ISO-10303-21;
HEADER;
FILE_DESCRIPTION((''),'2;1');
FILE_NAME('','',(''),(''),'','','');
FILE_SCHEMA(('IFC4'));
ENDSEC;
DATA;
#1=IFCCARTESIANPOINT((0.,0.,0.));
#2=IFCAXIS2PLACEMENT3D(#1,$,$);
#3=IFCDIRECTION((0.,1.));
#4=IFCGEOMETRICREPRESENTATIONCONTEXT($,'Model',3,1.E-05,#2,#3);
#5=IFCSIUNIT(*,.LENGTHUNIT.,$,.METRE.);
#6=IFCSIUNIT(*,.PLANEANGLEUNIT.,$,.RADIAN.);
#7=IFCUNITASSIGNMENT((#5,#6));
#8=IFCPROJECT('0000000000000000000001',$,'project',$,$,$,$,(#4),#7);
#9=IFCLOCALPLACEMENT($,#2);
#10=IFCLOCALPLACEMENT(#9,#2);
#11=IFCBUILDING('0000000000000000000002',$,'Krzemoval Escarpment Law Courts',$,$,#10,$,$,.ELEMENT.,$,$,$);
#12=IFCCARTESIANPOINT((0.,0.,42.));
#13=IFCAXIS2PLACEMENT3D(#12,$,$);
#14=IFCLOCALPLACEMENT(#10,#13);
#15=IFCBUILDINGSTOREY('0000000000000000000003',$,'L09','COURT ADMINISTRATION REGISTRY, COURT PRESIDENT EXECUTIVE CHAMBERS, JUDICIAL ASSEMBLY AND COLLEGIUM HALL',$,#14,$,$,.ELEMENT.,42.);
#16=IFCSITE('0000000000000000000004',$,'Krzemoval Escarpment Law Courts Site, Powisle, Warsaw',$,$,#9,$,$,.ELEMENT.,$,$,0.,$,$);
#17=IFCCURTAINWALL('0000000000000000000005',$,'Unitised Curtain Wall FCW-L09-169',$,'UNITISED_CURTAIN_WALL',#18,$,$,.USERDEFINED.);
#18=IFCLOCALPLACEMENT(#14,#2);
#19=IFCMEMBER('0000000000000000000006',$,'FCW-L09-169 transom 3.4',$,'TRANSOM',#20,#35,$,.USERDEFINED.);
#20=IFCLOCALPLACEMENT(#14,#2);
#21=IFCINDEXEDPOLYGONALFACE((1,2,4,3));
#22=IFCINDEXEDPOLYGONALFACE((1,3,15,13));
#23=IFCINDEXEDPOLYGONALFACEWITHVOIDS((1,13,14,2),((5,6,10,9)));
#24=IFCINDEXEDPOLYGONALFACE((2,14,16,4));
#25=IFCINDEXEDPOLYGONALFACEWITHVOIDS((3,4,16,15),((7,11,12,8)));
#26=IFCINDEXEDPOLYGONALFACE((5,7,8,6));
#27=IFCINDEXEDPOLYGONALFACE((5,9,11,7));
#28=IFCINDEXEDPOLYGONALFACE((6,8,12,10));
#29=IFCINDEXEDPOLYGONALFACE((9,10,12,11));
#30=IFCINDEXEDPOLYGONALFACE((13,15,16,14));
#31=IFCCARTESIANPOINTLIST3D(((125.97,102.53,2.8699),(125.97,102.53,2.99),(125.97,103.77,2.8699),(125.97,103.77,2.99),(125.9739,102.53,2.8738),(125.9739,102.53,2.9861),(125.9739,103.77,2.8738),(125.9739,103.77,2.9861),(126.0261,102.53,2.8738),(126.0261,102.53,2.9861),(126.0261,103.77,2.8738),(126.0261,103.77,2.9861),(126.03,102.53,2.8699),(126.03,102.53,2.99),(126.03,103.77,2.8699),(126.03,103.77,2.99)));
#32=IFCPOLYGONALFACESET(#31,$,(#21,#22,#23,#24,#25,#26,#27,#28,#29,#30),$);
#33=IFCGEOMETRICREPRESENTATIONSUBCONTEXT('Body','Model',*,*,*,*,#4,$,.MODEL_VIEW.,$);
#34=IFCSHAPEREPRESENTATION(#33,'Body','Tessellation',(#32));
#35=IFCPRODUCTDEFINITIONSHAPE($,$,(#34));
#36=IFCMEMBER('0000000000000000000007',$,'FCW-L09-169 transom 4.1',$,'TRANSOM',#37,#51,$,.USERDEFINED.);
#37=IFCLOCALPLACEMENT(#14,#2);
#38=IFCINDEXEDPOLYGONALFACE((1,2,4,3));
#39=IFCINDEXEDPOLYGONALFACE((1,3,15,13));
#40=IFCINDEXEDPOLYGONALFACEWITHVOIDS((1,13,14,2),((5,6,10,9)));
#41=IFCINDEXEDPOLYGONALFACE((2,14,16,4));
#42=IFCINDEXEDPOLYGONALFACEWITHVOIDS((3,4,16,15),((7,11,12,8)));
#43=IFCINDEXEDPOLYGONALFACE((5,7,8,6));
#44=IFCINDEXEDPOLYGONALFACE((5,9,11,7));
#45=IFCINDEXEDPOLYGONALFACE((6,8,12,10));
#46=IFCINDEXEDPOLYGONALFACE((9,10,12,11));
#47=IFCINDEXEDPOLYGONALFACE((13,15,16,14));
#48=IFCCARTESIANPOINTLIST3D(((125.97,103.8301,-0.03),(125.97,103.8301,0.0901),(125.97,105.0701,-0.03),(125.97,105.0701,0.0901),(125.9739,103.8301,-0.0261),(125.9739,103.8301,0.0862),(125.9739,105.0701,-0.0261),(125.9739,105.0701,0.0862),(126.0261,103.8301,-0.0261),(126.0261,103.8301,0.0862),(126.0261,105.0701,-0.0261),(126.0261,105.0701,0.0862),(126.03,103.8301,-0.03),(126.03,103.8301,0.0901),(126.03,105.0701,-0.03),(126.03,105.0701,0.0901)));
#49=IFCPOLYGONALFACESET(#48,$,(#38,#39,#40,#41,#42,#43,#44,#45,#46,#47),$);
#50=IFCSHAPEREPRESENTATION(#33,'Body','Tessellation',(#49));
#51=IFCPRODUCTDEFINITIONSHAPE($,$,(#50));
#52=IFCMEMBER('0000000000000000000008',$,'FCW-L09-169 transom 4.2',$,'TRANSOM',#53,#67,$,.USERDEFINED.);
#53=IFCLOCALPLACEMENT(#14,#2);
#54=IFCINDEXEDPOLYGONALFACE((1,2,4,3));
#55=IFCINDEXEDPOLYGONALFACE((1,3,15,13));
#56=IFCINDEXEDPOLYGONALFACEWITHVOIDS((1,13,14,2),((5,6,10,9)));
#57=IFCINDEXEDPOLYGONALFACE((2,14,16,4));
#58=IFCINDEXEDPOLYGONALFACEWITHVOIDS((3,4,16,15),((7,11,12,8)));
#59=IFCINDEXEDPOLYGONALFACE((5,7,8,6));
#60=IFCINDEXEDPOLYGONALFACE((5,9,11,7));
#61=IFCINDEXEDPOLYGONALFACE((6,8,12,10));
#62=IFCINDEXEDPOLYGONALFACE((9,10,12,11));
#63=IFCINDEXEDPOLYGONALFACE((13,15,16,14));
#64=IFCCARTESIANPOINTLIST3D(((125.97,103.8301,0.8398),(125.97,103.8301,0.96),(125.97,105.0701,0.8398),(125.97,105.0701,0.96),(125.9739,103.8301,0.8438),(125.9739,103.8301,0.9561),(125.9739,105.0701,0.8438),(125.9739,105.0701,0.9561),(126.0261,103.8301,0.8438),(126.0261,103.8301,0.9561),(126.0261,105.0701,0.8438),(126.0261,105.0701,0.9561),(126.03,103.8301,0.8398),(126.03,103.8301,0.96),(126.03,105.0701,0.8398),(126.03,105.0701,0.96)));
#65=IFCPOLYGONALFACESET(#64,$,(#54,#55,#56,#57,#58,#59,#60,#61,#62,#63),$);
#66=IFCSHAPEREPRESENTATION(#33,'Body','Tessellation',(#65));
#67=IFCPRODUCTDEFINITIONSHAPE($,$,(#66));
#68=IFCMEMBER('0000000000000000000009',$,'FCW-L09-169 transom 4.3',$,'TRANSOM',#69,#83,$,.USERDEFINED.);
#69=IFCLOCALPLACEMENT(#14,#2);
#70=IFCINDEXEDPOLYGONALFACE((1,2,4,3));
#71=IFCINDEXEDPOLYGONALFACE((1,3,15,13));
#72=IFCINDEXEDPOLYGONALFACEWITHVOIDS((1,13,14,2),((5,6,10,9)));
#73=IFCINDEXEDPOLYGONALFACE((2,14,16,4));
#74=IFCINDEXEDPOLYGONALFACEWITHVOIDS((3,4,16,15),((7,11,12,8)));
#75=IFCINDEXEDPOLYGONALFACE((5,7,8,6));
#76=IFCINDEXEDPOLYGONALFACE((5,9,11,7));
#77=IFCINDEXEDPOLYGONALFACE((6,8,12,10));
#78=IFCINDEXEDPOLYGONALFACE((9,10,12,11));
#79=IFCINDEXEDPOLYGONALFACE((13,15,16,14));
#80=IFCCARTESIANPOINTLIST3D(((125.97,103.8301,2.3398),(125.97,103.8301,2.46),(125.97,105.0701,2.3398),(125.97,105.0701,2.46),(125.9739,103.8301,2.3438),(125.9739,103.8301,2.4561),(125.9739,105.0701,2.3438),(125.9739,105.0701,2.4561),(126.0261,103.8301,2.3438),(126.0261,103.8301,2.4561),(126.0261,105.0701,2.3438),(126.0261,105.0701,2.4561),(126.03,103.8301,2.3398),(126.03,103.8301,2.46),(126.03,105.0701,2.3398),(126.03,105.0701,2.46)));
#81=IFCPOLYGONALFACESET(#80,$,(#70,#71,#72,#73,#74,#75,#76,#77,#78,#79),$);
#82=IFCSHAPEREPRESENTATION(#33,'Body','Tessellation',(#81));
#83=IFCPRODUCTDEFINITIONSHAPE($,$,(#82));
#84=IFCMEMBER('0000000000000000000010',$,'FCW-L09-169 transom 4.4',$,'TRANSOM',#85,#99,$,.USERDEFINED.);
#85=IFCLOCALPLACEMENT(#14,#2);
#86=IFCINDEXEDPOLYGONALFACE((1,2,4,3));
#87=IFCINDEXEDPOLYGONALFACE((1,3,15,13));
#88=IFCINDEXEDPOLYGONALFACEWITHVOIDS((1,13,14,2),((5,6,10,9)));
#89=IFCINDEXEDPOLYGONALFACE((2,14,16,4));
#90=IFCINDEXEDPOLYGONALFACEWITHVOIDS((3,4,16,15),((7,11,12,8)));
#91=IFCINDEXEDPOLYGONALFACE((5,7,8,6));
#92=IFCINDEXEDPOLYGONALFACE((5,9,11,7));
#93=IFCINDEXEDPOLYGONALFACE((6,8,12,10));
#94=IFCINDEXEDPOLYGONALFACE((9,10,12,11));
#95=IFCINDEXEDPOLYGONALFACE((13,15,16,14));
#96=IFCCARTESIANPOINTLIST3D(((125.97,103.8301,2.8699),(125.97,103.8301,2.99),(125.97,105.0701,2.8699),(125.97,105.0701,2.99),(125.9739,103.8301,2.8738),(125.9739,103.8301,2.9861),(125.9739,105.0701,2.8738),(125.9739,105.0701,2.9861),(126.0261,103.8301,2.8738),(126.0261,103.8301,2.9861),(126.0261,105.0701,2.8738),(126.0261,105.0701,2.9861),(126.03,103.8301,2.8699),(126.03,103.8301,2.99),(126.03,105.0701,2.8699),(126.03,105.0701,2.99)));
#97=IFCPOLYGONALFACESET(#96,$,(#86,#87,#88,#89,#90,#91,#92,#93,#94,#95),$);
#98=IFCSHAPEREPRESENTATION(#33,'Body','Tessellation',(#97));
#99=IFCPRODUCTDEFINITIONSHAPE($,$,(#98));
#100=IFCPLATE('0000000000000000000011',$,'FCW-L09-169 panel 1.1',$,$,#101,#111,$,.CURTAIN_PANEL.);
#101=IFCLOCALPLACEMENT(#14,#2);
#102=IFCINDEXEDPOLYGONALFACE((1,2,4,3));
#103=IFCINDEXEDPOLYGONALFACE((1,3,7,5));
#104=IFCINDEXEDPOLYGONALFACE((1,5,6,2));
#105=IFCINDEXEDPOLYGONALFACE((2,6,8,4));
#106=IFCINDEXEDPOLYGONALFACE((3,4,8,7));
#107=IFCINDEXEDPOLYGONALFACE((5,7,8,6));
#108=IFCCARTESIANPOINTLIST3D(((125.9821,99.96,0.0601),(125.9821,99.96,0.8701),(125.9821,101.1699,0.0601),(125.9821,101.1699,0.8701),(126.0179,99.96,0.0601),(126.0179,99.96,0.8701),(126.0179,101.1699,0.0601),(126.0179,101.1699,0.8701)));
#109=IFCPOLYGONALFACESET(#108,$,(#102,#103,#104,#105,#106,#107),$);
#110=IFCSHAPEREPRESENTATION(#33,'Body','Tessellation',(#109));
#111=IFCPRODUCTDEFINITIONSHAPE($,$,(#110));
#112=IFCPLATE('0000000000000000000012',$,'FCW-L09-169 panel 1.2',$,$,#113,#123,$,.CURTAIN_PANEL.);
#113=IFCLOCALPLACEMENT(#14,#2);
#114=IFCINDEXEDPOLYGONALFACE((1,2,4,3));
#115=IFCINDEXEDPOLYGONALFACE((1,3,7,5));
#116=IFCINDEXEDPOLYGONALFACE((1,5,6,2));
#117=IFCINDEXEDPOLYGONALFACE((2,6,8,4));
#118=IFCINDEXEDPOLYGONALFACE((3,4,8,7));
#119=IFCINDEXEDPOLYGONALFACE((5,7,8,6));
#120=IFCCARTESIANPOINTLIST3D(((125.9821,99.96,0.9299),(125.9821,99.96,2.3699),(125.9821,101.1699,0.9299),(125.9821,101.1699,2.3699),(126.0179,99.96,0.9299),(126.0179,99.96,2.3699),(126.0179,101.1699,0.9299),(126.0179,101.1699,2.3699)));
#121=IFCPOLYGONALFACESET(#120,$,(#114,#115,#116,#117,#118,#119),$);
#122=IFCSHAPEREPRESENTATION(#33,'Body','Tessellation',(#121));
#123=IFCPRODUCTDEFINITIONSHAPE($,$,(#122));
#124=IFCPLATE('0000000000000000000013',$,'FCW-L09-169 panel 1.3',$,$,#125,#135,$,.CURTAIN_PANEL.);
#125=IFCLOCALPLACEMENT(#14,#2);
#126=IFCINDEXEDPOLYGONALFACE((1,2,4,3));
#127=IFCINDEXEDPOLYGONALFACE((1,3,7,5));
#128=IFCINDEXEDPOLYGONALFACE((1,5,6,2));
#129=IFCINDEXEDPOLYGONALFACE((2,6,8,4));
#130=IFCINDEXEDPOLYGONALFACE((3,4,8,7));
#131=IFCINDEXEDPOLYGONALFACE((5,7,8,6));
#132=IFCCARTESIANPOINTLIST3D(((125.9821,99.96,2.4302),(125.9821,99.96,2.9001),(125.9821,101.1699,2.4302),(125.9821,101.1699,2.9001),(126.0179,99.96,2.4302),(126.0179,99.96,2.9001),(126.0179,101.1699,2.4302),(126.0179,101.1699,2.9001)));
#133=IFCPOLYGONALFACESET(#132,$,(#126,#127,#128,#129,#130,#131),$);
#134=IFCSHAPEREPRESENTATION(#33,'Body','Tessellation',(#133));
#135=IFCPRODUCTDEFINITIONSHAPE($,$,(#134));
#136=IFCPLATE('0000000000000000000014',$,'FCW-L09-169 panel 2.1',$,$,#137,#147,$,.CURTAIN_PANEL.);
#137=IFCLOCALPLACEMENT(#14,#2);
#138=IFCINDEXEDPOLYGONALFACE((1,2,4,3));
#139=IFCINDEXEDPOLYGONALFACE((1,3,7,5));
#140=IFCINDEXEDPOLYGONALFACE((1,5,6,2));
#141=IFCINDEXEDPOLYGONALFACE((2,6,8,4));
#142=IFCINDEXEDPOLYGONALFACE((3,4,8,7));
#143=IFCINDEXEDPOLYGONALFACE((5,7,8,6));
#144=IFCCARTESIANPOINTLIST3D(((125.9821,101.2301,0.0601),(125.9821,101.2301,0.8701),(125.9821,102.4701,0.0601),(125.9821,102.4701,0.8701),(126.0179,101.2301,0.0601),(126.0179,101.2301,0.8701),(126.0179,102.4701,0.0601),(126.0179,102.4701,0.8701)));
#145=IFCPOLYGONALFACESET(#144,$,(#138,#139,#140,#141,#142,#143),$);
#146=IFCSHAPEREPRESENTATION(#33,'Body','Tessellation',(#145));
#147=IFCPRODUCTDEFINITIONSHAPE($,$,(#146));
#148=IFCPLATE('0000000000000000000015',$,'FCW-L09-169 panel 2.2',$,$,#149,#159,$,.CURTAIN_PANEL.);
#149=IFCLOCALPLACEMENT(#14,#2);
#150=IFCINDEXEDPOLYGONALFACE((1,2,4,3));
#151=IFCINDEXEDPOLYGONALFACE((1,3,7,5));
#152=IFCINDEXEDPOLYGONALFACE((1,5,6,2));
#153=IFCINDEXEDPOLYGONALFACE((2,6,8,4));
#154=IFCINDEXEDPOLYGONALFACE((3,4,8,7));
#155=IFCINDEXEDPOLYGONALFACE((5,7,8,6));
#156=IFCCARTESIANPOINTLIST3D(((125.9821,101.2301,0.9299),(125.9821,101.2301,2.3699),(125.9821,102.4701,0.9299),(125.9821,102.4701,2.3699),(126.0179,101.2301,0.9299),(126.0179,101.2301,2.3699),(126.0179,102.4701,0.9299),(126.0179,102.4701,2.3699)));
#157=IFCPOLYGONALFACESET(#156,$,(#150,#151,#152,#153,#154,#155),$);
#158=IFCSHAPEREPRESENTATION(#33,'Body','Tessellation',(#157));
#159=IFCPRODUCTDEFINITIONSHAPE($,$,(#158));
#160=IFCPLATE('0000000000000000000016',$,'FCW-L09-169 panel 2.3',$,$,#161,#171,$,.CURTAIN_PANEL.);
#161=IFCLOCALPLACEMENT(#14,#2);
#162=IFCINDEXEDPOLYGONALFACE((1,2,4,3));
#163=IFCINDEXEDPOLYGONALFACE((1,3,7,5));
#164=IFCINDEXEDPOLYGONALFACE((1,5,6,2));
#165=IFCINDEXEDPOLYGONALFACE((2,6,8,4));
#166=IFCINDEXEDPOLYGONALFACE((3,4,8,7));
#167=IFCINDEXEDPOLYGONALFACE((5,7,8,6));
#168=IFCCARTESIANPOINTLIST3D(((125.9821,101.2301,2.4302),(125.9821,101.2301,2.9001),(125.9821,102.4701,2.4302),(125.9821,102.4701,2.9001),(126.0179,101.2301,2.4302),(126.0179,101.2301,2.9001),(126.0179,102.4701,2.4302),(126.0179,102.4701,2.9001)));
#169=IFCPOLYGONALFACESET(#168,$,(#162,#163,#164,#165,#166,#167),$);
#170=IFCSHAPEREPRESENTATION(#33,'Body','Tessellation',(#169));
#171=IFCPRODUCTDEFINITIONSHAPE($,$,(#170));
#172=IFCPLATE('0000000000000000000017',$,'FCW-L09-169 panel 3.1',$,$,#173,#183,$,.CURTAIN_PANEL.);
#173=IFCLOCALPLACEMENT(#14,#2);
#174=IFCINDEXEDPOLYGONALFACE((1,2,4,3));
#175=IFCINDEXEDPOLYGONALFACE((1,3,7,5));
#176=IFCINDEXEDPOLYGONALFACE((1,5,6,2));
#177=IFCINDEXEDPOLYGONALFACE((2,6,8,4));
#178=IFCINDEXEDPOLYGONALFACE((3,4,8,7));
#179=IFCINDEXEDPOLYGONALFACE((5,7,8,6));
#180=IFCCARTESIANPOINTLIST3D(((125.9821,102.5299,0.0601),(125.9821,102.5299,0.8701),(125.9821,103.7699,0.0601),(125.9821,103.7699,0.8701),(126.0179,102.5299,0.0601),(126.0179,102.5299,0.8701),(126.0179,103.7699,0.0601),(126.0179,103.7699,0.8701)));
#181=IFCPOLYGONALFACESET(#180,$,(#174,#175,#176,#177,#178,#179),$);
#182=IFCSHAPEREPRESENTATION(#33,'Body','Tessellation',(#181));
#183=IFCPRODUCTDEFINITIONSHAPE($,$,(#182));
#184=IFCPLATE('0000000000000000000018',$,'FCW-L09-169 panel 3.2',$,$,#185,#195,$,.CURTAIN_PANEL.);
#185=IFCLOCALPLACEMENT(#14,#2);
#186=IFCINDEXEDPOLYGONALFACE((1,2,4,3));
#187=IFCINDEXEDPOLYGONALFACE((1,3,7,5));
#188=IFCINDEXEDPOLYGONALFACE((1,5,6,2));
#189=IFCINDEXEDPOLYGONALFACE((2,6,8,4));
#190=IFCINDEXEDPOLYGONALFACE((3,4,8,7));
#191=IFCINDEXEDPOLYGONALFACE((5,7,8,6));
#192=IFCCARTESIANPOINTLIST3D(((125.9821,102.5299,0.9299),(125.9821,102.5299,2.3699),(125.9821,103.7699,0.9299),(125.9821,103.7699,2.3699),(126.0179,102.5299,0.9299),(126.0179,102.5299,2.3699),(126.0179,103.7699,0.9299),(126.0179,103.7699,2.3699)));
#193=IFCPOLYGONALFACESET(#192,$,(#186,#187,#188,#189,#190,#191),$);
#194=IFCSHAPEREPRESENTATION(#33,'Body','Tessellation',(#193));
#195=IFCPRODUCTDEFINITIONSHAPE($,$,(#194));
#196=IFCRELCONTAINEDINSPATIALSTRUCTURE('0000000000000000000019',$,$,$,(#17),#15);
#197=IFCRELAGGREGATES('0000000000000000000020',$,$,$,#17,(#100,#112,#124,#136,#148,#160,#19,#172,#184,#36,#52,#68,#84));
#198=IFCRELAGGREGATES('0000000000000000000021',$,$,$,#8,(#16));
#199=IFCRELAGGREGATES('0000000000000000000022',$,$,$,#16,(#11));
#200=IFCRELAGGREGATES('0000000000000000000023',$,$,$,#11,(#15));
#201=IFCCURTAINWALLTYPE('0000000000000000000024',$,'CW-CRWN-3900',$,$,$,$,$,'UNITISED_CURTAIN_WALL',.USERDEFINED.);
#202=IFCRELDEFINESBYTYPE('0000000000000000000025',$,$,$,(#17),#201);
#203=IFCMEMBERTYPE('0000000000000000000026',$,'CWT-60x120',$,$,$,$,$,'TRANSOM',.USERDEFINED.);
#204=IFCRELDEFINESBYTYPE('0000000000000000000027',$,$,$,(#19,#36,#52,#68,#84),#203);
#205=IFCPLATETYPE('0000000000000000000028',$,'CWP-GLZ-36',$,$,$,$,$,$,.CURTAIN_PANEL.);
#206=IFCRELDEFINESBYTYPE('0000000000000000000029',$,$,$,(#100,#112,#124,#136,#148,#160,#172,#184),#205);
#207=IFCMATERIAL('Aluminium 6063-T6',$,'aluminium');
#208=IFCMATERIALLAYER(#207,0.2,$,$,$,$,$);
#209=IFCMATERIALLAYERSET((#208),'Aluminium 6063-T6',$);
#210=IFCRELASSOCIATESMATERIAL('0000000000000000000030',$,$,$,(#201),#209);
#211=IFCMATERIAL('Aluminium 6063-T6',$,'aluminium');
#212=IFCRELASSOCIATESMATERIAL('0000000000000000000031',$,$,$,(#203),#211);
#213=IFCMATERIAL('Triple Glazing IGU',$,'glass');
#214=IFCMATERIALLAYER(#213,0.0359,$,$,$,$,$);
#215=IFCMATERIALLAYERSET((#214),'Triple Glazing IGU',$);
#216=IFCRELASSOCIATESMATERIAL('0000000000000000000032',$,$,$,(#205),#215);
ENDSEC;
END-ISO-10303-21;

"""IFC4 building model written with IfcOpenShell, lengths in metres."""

from ifc_helpers import new_model, si_unit, direction, frame, origin, origin_2d, place, context, subcontext, project, spatial, rectangle, hollow_rectangle, extrude, material, layer, layer_set, material_profile, profile_set, type_object, element, aggregate, save


model = new_model("IFC4")

# Units and contexts
model_context = context("Model", 3, precision=1e-05, world=origin(), true_north=direction((0.0, 1.0)))
body_context = subcontext(model_context, "Body", "Model", "MODEL_VIEW")
ifc_project = project(units=[si_unit("LENGTHUNIT", "METRE"), si_unit("PLANEANGLEUNIT", "RADIAN")], contexts=[model_context])

# Site, building, storey
site_placement = place(None, origin())
site = spatial("IfcSite", under=ifc_project, at=site_placement, Name="Krzemoval Escarpment Law Courts Site, Powisle, Warsaw", CompositionType="ELEMENT", RefElevation=0.0)
building_placement = place(site_placement, origin())
building = spatial("IfcBuilding", under=site, at=building_placement, Name="Krzemoval Escarpment Law Courts", CompositionType="ELEMENT")
storey_placement = place(building_placement, frame((0.0, 0.0, 42.0)))
storey = spatial("IfcBuildingStorey", under=building, at=storey_placement, Name="L09", Description="COURT ADMINISTRATION REGISTRY, COURT PRESIDENT EXECUTIVE CHAMBERS, JUDICIAL ASSEMBLY AND COLLEGIUM HALL", CompositionType="ELEMENT", Elevation=42.0)

# Curtain wall, members, plates
ifc_material_1 = material(Name="Aluminium 6063-T6", Category="aluminium")
ifc_layer_1 = layer(ifc_material_1, 0.2)
ifc_layer_set_1 = layer_set([ifc_layer_1], Name="Aluminium 6063-T6")
curtain_wall_type = type_object("IfcCurtainWallType", Name="CW-CRWN-3900", ElementType="UNITISED_CURTAIN_WALL", PredefinedType="USERDEFINED", material=ifc_layer_set_1)
curtain_wall_placement = place(storey_placement, origin())
curtain_wall = element("IfcCurtainWall", 1, at=curtain_wall_placement, inside=storey, type_object=curtain_wall_type, Name="Unitised Curtain Wall FCW-L09-169", ObjectType="UNITISED_CURTAIN_WALL", PredefinedType="USERDEFINED")
ifc_material_2 = material(Name="Aluminium 6063-T6", Category="aluminium")
ifc_material_profile = material_profile(ifc_material_2, hollow_rectangle(XDim=0.0601, YDim=0.1201, WallThickness=0.0039, at=origin_2d()), Name="ALU T60x120")
ifc_profile_set = profile_set([ifc_material_profile], Name="Aluminium 6063-T6")
member_type = type_object("IfcMemberType", Name="CWT-60x120", ElementType="TRANSOM", PredefinedType="USERDEFINED", material=ifc_profile_set)
member_1_placement = place(storey_placement, frame((126.0, 102.53, 2.9299), z_axis=(0.0, 1.0, 0.0), x_axis=(-1.0, 0.0, 0.0)))
member_1 = element("IfcMember", 2, at=member_1_placement, type_object=member_type, Name="FCW-L09-169 transom 3.4", ObjectType="TRANSOM", PredefinedType="USERDEFINED", context=body_context, shape_type="SweptSolid", body=[
    extrude(hollow_rectangle(XDim=0.0601, YDim=0.1201, WallThickness=0.0039, at=origin_2d()), origin(), (0.0, 0.0, 1.0), 1.24),
])
member_2_placement = place(storey_placement, frame((126.0, 103.8301, 0.03), z_axis=(0.0, 1.0, 0.0), x_axis=(-1.0, 0.0, 0.0)))
member_2 = element("IfcMember", 3, at=member_2_placement, type_object=member_type, Name="FCW-L09-169 transom 4.1", ObjectType="TRANSOM", PredefinedType="USERDEFINED", context=body_context, shape_type="SweptSolid", body=[
    extrude(hollow_rectangle(XDim=0.0601, YDim=0.1201, WallThickness=0.0039, at=origin_2d()), origin(), (0.0, 0.0, 1.0), 1.24),
])
member_3_placement = place(storey_placement, frame((126.0, 103.8301, 0.8999), z_axis=(0.0, 1.0, 0.0), x_axis=(-1.0, 0.0, 0.0)))
member_3 = element("IfcMember", 4, at=member_3_placement, type_object=member_type, Name="FCW-L09-169 transom 4.2", ObjectType="TRANSOM", PredefinedType="USERDEFINED", context=body_context, shape_type="SweptSolid", body=[
    extrude(hollow_rectangle(XDim=0.0601, YDim=0.1201, WallThickness=0.0039, at=origin_2d()), origin(), (0.0, 0.0, 1.0), 1.24),
])
member_4_placement = place(storey_placement, frame((126.0, 103.8301, 2.3999), z_axis=(0.0, 1.0, 0.0), x_axis=(-1.0, 0.0, 0.0)))
member_4 = element("IfcMember", 5, at=member_4_placement, type_object=member_type, Name="FCW-L09-169 transom 4.3", ObjectType="TRANSOM", PredefinedType="USERDEFINED", context=body_context, shape_type="SweptSolid", body=[
    extrude(hollow_rectangle(XDim=0.0601, YDim=0.1201, WallThickness=0.0039, at=origin_2d()), origin(), (0.0, 0.0, 1.0), 1.24),
])
member_5_placement = place(storey_placement, frame((126.0, 103.8301, 2.9299), z_axis=(0.0, 1.0, 0.0), x_axis=(-1.0, 0.0, 0.0)))
member_5 = element("IfcMember", 6, at=member_5_placement, type_object=member_type, Name="FCW-L09-169 transom 4.4", ObjectType="TRANSOM", PredefinedType="USERDEFINED", context=body_context, shape_type="SweptSolid", body=[
    extrude(hollow_rectangle(XDim=0.0601, YDim=0.1201, WallThickness=0.0039, at=origin_2d()), origin(), (0.0, 0.0, 1.0), 1.24),
])
ifc_material_3 = material(Name="Triple Glazing IGU", Category="glass")
ifc_layer_2 = layer(ifc_material_3, 0.0359)
ifc_layer_set_2 = layer_set([ifc_layer_2], Name="Triple Glazing IGU")
plate_type = type_object("IfcPlateType", Name="CWP-GLZ-36", PredefinedType="CURTAIN_PANEL", material=ifc_layer_set_2)
plate_1_placement = place(storey_placement, frame((126.0, 100.5649, 0.0601), z_axis=(0.0, 0.0, 1.0), x_axis=(0.0, 1.0, 0.0)))
plate_1 = element("IfcPlate", 7, at=plate_1_placement, type_object=plate_type, Name="FCW-L09-169 panel 1.1", PredefinedType="CURTAIN_PANEL", context=body_context, shape_type="SweptSolid", body=[
    extrude(rectangle(XDim=1.21, YDim=0.0359, at=origin_2d()), origin(), (0.0, 0.0, 1.0), 0.8101),
])
plate_2_placement = place(storey_placement, frame((126.0, 100.5649, 0.9299), z_axis=(0.0, 0.0, 1.0), x_axis=(0.0, 1.0, 0.0)))
plate_2 = element("IfcPlate", 8, at=plate_2_placement, type_object=plate_type, Name="FCW-L09-169 panel 1.2", PredefinedType="CURTAIN_PANEL", context=body_context, shape_type="SweptSolid", body=[
    extrude(rectangle(XDim=1.21, YDim=0.0359, at=origin_2d()), origin(), (0.0, 0.0, 1.0), 1.4399),
])
plate_3_placement = place(storey_placement, frame((126.0, 100.5649, 2.4302), z_axis=(0.0, 0.0, 1.0), x_axis=(0.0, 1.0, 0.0)))
plate_3 = element("IfcPlate", 9, at=plate_3_placement, type_object=plate_type, Name="FCW-L09-169 panel 1.3", PredefinedType="CURTAIN_PANEL", context=body_context, shape_type="SweptSolid", body=[
    extrude(rectangle(XDim=1.21, YDim=0.0359, at=origin_2d()), origin(), (0.0, 0.0, 1.0), 0.47),
])
plate_4_placement = place(storey_placement, frame((126.0, 101.8501, 0.0601), z_axis=(0.0, 0.0, 1.0), x_axis=(0.0, 1.0, 0.0)))
plate_4 = element("IfcPlate", 10, at=plate_4_placement, type_object=plate_type, Name="FCW-L09-169 panel 2.1", PredefinedType="CURTAIN_PANEL", context=body_context, shape_type="SweptSolid", body=[
    extrude(rectangle(XDim=1.24, YDim=0.0359, at=origin_2d()), origin(), (0.0, 0.0, 1.0), 0.8101),
])
plate_5_placement = place(storey_placement, frame((126.0, 101.8501, 0.9299), z_axis=(0.0, 0.0, 1.0), x_axis=(0.0, 1.0, 0.0)))
plate_5 = element("IfcPlate", 11, at=plate_5_placement, type_object=plate_type, Name="FCW-L09-169 panel 2.2", PredefinedType="CURTAIN_PANEL", context=body_context, shape_type="SweptSolid", body=[
    extrude(rectangle(XDim=1.24, YDim=0.0359, at=origin_2d()), origin(), (0.0, 0.0, 1.0), 1.4399),
])
plate_6_placement = place(storey_placement, frame((126.0, 101.8501, 2.4302), z_axis=(0.0, 0.0, 1.0), x_axis=(0.0, 1.0, 0.0)))
plate_6 = element("IfcPlate", 12, at=plate_6_placement, type_object=plate_type, Name="FCW-L09-169 panel 2.3", PredefinedType="CURTAIN_PANEL", context=body_context, shape_type="SweptSolid", body=[
    extrude(rectangle(XDim=1.24, YDim=0.0359, at=origin_2d()), origin(), (0.0, 0.0, 1.0), 0.47),
])
plate_7_placement = place(storey_placement, frame((126.0, 103.1499, 0.0601), z_axis=(0.0, 0.0, 1.0), x_axis=(0.0, 1.0, 0.0)))
plate_7 = element("IfcPlate", 13, at=plate_7_placement, type_object=plate_type, Name="FCW-L09-169 panel 3.1", PredefinedType="CURTAIN_PANEL", context=body_context, shape_type="SweptSolid", body=[
    extrude(rectangle(XDim=1.24, YDim=0.0359, at=origin_2d()), origin(), (0.0, 0.0, 1.0), 0.8101),
])
plate_8_placement = place(storey_placement, frame((126.0, 103.1499, 0.9299), z_axis=(0.0, 0.0, 1.0), x_axis=(0.0, 1.0, 0.0)))
plate_8 = element("IfcPlate", 14, at=plate_8_placement, type_object=plate_type, Name="FCW-L09-169 panel 3.2", PredefinedType="CURTAIN_PANEL", context=body_context, shape_type="SweptSolid", body=[
    extrude(rectangle(XDim=1.24, YDim=0.0359, at=origin_2d()), origin(), (0.0, 0.0, 1.0), 1.4399),
])
aggregate(curtain_wall, [plate_1, plate_2, plate_3, plate_4, plate_5, plate_6, member_1, plate_7, plate_8, member_2, member_3, member_4, member_5])

save(model, "model.ifc")
